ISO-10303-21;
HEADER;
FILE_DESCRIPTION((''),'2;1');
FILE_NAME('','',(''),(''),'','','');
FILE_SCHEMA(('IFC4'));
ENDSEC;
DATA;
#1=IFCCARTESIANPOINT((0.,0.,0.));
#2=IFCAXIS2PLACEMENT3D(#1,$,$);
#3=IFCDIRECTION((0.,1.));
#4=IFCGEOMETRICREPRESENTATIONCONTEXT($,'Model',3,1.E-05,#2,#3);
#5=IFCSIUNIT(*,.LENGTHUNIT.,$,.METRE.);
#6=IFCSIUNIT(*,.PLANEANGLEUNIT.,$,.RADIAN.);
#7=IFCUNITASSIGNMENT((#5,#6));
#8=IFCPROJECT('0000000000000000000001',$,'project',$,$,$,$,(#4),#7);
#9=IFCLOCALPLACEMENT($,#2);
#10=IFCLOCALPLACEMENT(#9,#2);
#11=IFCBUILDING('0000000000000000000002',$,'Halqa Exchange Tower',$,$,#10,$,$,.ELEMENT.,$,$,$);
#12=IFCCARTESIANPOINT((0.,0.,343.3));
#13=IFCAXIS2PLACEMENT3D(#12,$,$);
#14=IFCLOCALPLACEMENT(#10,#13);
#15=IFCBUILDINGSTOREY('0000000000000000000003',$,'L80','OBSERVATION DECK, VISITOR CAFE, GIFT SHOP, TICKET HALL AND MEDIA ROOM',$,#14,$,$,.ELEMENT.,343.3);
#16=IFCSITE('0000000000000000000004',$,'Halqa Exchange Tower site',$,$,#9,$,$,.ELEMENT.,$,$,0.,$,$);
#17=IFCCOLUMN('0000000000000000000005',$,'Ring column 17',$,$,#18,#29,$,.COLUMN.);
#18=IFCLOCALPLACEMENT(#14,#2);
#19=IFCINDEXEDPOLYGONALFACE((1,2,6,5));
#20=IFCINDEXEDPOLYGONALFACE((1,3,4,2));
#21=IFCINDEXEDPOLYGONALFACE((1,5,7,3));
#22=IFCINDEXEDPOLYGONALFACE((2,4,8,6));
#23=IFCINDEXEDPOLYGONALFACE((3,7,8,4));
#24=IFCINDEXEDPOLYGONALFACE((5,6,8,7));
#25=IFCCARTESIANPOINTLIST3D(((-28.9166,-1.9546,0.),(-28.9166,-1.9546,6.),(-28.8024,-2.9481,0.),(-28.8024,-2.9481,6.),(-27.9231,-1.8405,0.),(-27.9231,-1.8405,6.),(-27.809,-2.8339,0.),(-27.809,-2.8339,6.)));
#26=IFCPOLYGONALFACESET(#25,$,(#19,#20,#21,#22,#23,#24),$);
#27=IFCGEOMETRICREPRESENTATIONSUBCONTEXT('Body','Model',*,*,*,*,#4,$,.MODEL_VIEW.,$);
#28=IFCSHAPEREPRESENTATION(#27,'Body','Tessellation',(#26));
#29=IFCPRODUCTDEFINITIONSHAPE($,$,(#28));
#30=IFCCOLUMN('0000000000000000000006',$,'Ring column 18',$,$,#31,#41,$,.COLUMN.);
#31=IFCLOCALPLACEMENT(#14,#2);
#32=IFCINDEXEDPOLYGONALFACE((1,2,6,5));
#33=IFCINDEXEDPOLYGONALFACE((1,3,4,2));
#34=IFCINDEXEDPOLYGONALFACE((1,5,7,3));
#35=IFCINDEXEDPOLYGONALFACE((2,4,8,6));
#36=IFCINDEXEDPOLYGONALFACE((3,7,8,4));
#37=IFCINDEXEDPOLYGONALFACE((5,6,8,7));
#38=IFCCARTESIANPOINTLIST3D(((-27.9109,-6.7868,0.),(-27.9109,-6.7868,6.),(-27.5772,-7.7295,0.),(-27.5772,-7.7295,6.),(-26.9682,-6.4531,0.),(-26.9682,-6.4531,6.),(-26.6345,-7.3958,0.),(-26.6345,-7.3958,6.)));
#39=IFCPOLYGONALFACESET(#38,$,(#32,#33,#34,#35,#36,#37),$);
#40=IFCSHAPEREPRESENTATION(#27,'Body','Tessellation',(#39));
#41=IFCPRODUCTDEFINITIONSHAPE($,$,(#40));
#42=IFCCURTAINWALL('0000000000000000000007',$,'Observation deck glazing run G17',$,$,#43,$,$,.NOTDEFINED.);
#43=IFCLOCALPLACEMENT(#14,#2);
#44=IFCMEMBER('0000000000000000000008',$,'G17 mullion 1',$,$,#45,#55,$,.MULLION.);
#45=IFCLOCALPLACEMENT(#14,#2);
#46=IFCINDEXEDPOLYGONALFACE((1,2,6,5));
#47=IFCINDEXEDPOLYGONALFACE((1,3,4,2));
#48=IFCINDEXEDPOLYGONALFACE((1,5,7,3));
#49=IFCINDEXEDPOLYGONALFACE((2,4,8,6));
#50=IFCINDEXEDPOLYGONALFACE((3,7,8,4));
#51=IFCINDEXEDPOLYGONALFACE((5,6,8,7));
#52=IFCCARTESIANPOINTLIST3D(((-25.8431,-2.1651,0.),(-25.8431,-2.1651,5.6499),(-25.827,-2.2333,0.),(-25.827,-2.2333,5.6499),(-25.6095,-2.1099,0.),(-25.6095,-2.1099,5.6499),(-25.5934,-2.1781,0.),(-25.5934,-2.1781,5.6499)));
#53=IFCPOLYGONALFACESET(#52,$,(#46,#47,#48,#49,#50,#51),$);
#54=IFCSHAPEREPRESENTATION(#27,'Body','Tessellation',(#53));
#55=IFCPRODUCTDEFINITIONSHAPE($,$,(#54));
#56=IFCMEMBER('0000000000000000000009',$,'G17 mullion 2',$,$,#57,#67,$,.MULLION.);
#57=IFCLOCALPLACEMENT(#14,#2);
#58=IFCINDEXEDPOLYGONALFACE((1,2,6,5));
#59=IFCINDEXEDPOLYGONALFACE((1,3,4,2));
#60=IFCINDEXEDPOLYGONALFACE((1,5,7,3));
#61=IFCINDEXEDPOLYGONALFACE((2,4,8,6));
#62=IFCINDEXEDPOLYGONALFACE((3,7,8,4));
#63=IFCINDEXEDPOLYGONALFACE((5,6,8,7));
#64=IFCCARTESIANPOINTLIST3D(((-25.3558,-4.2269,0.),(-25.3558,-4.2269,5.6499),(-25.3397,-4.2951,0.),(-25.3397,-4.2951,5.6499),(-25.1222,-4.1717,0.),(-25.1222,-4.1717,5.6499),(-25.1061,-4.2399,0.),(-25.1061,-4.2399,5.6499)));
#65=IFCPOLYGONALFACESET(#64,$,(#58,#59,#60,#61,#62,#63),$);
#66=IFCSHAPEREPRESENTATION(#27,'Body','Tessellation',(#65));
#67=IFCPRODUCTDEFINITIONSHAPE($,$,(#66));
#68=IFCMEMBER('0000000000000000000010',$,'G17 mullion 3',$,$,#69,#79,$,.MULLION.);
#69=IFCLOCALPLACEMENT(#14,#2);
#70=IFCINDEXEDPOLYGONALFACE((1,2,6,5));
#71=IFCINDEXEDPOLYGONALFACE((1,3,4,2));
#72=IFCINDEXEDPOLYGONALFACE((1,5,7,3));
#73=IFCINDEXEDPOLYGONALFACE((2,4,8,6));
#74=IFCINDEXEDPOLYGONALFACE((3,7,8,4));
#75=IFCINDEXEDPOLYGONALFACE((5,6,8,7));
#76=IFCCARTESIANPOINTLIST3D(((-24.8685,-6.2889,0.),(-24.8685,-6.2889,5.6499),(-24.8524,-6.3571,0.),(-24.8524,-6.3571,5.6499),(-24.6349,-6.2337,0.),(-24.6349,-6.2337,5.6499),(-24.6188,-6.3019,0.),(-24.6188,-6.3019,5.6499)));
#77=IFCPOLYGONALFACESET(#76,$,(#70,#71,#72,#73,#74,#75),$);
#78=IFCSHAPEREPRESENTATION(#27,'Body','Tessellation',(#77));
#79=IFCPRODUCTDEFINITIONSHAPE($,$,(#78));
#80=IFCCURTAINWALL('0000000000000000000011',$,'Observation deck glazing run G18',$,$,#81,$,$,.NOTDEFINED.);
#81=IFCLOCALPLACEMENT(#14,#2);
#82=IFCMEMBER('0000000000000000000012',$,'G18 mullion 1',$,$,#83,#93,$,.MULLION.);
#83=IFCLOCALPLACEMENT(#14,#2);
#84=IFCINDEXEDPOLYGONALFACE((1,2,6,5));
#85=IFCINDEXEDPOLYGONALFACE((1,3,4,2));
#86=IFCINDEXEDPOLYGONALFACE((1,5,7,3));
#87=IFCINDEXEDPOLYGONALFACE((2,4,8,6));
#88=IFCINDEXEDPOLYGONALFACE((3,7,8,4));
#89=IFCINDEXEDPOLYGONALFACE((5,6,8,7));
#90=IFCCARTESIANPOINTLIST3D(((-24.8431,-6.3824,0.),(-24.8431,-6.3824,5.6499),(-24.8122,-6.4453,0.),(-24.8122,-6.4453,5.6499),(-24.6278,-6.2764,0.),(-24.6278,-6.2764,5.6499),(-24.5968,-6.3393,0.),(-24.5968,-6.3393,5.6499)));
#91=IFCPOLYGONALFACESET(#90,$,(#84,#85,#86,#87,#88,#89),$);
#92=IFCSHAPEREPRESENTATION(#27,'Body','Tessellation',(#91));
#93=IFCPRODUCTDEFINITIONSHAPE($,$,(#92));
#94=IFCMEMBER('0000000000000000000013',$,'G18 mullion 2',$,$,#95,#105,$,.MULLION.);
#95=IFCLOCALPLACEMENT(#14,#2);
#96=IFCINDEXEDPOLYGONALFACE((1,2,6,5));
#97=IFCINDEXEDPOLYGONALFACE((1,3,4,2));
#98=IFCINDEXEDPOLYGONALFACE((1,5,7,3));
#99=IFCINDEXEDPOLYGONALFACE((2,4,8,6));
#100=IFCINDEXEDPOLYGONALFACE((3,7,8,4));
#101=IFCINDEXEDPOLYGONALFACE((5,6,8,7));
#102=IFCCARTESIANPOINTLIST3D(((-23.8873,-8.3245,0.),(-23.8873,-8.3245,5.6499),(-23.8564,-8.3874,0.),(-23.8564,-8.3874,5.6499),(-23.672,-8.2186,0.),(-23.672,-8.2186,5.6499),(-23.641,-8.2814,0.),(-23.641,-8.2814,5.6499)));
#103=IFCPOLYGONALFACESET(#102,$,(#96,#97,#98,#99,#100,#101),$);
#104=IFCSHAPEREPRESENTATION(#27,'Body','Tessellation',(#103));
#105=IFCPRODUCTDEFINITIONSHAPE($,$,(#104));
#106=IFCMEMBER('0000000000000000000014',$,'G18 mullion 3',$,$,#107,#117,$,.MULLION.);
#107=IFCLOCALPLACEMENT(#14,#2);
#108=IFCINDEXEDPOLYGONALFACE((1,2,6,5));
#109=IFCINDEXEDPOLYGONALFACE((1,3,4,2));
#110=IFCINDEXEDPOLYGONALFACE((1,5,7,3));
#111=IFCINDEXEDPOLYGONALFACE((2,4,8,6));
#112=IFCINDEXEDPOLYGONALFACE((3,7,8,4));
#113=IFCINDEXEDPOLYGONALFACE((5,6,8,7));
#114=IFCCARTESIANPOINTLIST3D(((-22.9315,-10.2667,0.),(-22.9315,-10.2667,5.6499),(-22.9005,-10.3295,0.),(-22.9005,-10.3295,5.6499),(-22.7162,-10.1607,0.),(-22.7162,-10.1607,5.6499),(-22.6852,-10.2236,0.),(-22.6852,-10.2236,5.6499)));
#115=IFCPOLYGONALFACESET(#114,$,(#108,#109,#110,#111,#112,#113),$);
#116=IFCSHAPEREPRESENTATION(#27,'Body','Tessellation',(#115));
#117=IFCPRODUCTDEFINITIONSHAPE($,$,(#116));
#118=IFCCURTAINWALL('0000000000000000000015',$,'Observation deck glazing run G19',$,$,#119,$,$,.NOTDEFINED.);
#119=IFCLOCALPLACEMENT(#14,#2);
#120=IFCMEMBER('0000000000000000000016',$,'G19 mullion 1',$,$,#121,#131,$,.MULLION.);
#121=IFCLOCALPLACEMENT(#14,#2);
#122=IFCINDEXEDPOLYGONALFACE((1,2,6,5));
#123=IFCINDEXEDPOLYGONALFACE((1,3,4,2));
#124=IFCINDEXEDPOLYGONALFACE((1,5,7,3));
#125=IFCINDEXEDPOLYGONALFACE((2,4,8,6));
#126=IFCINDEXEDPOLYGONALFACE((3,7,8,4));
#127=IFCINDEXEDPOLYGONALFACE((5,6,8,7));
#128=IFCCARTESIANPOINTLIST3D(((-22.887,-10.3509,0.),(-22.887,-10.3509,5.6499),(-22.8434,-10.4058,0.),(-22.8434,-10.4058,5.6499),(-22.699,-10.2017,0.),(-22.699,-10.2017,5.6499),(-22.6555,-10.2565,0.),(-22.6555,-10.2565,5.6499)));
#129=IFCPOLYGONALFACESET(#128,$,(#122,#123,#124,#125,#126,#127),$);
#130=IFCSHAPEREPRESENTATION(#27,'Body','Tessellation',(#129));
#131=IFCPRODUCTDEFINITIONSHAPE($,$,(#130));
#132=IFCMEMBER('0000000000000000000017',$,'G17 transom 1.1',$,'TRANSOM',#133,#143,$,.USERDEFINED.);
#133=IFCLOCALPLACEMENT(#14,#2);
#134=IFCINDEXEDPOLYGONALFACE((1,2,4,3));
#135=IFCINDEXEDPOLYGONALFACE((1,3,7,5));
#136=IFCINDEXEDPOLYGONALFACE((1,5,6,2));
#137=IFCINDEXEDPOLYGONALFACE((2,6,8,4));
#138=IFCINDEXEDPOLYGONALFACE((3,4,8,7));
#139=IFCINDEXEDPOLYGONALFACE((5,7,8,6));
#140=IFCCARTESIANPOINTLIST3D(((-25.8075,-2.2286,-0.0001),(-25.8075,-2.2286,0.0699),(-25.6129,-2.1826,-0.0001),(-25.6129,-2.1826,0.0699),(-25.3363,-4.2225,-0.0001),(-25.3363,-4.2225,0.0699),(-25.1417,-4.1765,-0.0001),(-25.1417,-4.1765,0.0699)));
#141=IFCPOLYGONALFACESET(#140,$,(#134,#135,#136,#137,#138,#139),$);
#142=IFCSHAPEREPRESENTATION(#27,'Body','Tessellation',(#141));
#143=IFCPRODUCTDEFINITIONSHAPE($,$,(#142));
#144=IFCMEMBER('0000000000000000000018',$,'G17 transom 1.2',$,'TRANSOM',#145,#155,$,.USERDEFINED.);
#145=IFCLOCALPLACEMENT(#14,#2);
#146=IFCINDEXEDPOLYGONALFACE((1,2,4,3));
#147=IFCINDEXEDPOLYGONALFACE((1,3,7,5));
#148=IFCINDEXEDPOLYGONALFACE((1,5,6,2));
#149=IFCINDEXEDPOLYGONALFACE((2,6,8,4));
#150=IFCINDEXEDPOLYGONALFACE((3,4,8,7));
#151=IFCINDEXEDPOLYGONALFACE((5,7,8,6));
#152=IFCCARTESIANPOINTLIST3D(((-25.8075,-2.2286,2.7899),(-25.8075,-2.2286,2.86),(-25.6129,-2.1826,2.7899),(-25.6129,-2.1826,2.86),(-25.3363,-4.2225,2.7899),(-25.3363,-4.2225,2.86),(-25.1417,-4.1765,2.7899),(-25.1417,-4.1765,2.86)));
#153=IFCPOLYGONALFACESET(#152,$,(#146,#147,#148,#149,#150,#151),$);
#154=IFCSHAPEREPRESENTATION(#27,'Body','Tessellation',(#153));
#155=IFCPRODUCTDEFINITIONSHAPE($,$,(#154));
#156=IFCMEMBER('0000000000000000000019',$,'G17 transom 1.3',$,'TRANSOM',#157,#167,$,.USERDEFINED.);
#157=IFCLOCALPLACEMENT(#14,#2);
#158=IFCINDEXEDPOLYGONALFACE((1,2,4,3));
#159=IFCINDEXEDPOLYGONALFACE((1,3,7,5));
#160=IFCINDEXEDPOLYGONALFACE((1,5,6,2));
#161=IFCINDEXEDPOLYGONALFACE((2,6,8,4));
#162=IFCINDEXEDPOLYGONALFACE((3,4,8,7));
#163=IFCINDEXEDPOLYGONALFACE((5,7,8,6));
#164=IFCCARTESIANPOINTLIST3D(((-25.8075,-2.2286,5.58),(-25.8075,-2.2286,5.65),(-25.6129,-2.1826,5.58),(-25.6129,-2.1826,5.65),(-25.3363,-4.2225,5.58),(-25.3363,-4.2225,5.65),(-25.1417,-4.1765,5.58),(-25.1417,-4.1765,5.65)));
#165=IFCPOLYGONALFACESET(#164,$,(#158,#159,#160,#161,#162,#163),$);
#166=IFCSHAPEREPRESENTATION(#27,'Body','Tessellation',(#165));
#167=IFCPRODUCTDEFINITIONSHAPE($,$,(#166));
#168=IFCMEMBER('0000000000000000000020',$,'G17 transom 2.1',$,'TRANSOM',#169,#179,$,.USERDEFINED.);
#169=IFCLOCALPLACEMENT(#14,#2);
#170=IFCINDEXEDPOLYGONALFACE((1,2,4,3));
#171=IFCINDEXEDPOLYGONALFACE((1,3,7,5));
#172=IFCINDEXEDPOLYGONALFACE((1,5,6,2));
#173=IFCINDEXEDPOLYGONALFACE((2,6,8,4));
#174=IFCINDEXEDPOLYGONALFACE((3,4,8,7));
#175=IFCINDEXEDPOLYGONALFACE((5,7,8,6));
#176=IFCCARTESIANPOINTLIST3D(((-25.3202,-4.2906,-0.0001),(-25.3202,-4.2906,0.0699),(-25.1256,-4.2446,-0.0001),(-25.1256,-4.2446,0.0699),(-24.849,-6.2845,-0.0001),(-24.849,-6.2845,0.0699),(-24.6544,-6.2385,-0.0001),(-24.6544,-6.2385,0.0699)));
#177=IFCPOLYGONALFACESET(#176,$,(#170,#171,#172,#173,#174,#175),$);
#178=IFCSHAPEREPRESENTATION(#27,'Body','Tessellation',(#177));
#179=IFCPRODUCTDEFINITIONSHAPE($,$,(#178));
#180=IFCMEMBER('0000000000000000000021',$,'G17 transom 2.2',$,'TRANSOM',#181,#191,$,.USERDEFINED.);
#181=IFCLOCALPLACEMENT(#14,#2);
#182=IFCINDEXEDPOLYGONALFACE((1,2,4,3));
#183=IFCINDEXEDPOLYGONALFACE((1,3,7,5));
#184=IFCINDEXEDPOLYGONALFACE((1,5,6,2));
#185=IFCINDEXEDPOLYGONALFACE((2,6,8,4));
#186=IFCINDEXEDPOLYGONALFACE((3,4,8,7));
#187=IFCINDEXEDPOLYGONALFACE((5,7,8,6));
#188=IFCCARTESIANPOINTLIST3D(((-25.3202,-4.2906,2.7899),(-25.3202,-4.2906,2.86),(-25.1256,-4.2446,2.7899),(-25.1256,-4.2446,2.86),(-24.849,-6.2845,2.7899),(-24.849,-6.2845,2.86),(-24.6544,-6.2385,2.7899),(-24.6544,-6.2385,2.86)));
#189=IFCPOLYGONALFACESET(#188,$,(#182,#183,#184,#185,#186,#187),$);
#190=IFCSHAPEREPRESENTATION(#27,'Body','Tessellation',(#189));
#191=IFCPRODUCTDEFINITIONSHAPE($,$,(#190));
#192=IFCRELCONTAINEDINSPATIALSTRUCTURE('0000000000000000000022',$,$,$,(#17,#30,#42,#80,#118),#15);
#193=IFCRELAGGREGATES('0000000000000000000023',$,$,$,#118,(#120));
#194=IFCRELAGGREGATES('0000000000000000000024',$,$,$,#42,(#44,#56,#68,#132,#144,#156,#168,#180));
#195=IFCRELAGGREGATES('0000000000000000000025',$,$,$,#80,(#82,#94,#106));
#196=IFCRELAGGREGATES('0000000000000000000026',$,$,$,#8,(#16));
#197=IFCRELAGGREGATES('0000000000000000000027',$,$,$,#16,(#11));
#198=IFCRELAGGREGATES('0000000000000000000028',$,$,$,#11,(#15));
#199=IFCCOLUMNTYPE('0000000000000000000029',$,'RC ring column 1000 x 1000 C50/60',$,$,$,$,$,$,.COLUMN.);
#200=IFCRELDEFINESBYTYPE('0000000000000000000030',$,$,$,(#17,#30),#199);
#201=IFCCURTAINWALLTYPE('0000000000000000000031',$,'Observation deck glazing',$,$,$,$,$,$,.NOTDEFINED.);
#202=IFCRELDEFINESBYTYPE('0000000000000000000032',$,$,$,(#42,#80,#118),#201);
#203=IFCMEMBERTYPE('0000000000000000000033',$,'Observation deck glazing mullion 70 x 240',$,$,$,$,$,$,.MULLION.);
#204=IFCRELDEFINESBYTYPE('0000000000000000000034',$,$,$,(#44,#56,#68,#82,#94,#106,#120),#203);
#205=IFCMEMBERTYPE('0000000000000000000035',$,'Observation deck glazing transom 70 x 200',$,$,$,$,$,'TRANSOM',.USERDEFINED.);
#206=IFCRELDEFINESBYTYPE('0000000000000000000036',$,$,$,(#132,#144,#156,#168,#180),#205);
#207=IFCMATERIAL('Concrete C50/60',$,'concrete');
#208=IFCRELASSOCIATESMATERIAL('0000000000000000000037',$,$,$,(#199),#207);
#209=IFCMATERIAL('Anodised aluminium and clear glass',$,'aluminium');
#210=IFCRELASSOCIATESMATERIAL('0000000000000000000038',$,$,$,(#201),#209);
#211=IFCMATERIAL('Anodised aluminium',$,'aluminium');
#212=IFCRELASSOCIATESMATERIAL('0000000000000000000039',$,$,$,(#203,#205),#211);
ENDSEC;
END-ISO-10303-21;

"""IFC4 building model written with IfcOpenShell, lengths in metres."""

from ifc_helpers import new_model, si_unit, direction, frame, origin, origin_2d, place, context, subcontext, project, spatial, rectangle, extrude, material, material_profile, profile_set, type_object, element, aggregate, save


model = new_model("IFC4")

# Units and contexts
model_context = context("Model", 3, precision=1e-05, world=origin(), true_north=direction((0.0, 1.0)))
body_context = subcontext(model_context, "Body", "Model", "MODEL_VIEW")
ifc_project = project(units=[si_unit("LENGTHUNIT", "METRE"), si_unit("PLANEANGLEUNIT", "RADIAN")], contexts=[model_context])

# Site, building, storey
site_placement = place(None, origin())
site = spatial("IfcSite", under=ifc_project, at=site_placement, Name="Halqa Exchange Tower site", CompositionType="ELEMENT", RefElevation=0.0)
building_placement = place(site_placement, origin())
building = spatial("IfcBuilding", under=site, at=building_placement, Name="Halqa Exchange Tower", CompositionType="ELEMENT")
storey_placement = place(building_placement, frame((0.0, 0.0, 343.3)))
storey = spatial("IfcBuildingStorey", under=building, at=storey_placement, Name="L80", Description="OBSERVATION DECK, VISITOR CAFE, GIFT SHOP, TICKET HALL AND MEDIA ROOM", CompositionType="ELEMENT", Elevation=343.3)

# Columns
ifc_material_1 = material(Name="Concrete C50/60", Category="concrete")
ifc_material_profile_1 = material_profile(ifc_material_1, rectangle(XDim=1.0, YDim=1.0, at=origin_2d()), Name="1000 x 1000")
ifc_profile_set_1 = profile_set([ifc_material_profile_1], Name="Concrete C50/60")
column_type = type_object("IfcColumnType", Name="RC ring column 1000 x 1000 C50/60", PredefinedType="COLUMN", material=ifc_profile_set_1)
for number, where, z_axis, x_axis, name in (
    (1, (-28.3628, -2.3943, 0.0), (0.0, 0.0, 1.0), (0.11416, -0.993462, 0.0), "Ring column 17"),
    (2, (-27.2727, -7.0913, 0.0), (0.0, 0.0, 1.0), (0.333624, -0.942706, 0.0), "Ring column 18"),
):
    element("IfcColumn", number, at=place(storey_placement, frame(where, z_axis=z_axis, x_axis=x_axis)), inside=storey, type_object=column_type, Name=name, PredefinedType="COLUMN", context=body_context, shape_type="SweptSolid", body=[
        extrude(rectangle(XDim=1.0, YDim=1.0, at=origin_2d()), origin(), (0.0, 0.0, 1.0), 6.0),
    ])

# Curtain walls, members
ifc_material_2 = material(Name="Anodised aluminium and clear glass", Category="aluminium")
curtain_wall_type = type_object("IfcCurtainWallType", Name="Observation deck glazing", PredefinedType="NOTDEFINED", material=ifc_material_2)
curtain_wall_1_placement = place(storey_placement, origin())
curtain_wall_1 = element("IfcCurtainWall", 3, at=curtain_wall_1_placement, inside=storey, type_object=curtain_wall_type, Name="Observation deck glazing run G17", PredefinedType="NOTDEFINED")
ifc_material_3 = material(Name="Anodised aluminium", Category="aluminium")
ifc_material_profile_2 = material_profile(ifc_material_3, rectangle(XDim=0.24, YDim=0.0701, at=origin_2d()), Name="AL 70x240")
ifc_profile_set_2 = profile_set([ifc_material_profile_2], Name="Anodised aluminium")
member_type_1 = type_object("IfcMemberType", Name="Observation deck glazing mullion 70 x 240", PredefinedType="MULLION", material=ifc_profile_set_2)
member_1_placement = place(storey_placement, frame((-25.7183, -2.1716, 0.0), z_axis=(0.0, 0.0, 1.0), x_axis=(0.973192, 0.229995, 0.0)))
member_1 = element("IfcMember", 4, at=member_1_placement, type_object=member_type_1, Name="G17 mullion 1", PredefinedType="MULLION", context=body_context, shape_type="SweptSolid", body=[
    extrude(rectangle(XDim=0.24, YDim=0.0701, at=origin_2d()), origin(), (0.0, 0.0, 1.0), 5.6499),
])
member_2_placement = place(storey_placement, frame((-25.231, -4.2334, 0.0), z_axis=(0.0, 0.0, 1.0), x_axis=(0.973192, 0.229995, 0.0)))
member_2 = element("IfcMember", 5, at=member_2_placement, type_object=member_type_1, Name="G17 mullion 2", PredefinedType="MULLION", context=body_context, shape_type="SweptSolid", body=[
    extrude(rectangle(XDim=0.24, YDim=0.0701, at=origin_2d()), origin(), (0.0, 0.0, 1.0), 5.6499),
])
member_3_placement = place(storey_placement, frame((-24.7437, -6.2954, 0.0), z_axis=(0.0, 0.0, 1.0), x_axis=(0.973192, 0.229995, 0.0)))
member_3 = element("IfcMember", 6, at=member_3_placement, type_object=member_type_1, Name="G17 mullion 3", PredefinedType="MULLION", context=body_context, shape_type="SweptSolid", body=[
    extrude(rectangle(XDim=0.24, YDim=0.0701, at=origin_2d()), origin(), (0.0, 0.0, 1.0), 5.6499),
])
curtain_wall_2_placement = place(storey_placement, origin())
curtain_wall_2 = element("IfcCurtainWall", 7, at=curtain_wall_2_placement, inside=storey, type_object=curtain_wall_type, Name="Observation deck glazing run G18", PredefinedType="NOTDEFINED")
member_4_placement = place(storey_placement, frame((-24.72, -6.3608, 0.0), z_axis=(0.0, 0.0, 1.0), x_axis=(0.897215, 0.441595, 0.0)))
member_4 = element("IfcMember", 8, at=member_4_placement, type_object=member_type_1, Name="G18 mullion 1", PredefinedType="MULLION", context=body_context, shape_type="SweptSolid", body=[
    extrude(rectangle(XDim=0.24, YDim=0.0701, at=origin_2d()), origin(), (0.0, 0.0, 1.0), 5.6499),
])
member_5_placement = place(storey_placement, frame((-23.7642, -8.303, 0.0), z_axis=(0.0, 0.0, 1.0), x_axis=(0.897215, 0.441595, 0.0)))
member_5 = element("IfcMember", 9, at=member_5_placement, type_object=member_type_1, Name="G18 mullion 2", PredefinedType="MULLION", context=body_context, shape_type="SweptSolid", body=[
    extrude(rectangle(XDim=0.24, YDim=0.0701, at=origin_2d()), origin(), (0.0, 0.0, 1.0), 5.6499),
])
member_6_placement = place(storey_placement, frame((-22.8083, -10.2451, 0.0), z_axis=(0.0, 0.0, 1.0), x_axis=(0.897215, 0.441595, 0.0)))
member_6 = element("IfcMember", 10, at=member_6_placement, type_object=member_type_1, Name="G18 mullion 3", PredefinedType="MULLION", context=body_context, shape_type="SweptSolid", body=[
    extrude(rectangle(XDim=0.24, YDim=0.0701, at=origin_2d()), origin(), (0.0, 0.0, 1.0), 5.6499),
])

# Curtain wall, member
curtain_wall_3_placement = place(storey_placement, origin())
curtain_wall_3 = element("IfcCurtainWall", 11, at=curtain_wall_3_placement, inside=storey, type_object=curtain_wall_type, Name="Observation deck glazing run G19", PredefinedType="NOTDEFINED")
member_7_placement = place(storey_placement, frame((-22.7712, -10.3037, 0.0), z_axis=(0.0, 0.0, 1.0), x_axis=(0.783162, 0.621817, 0.0)))
member_7 = element("IfcMember", 12, at=member_7_placement, type_object=member_type_1, Name="G19 mullion 1", PredefinedType="MULLION", context=body_context, shape_type="SweptSolid", body=[
    extrude(rectangle(XDim=0.24, YDim=0.0701, at=origin_2d()), origin(), (0.0, 0.0, 1.0), 5.6499),
])
aggregate(curtain_wall_3, [member_7])

# Members
ifc_material_profile_3 = material_profile(ifc_material_3, rectangle(XDim=0.2, YDim=0.0701, at=origin_2d()), Name="AL 70x200")
ifc_profile_set_3 = profile_set([ifc_material_profile_3], Name="Anodised aluminium")
member_type_2 = type_object("IfcMemberType", Name="Observation deck glazing transom 70 x 200", ElementType="TRANSOM", PredefinedType="USERDEFINED", material=ifc_profile_set_3)
member_8_placement = place(storey_placement, frame((-25.7102, -2.2056, 0.0349), z_axis=(0.229982, -0.973195, 0.0), x_axis=(0.973195, 0.229982, 0.0)))
member_8 = element("IfcMember", 13, at=member_8_placement, type_object=member_type_2, Name="G17 transom 1.1", ObjectType="TRANSOM", PredefinedType="USERDEFINED", context=body_context, shape_type="SweptSolid", body=[
    extrude(rectangle(XDim=0.2, YDim=0.0701, at=origin_2d()), origin(), (0.0, 0.0, 1.0), 2.0488),
])
member_9_placement = place(storey_placement, frame((-25.7102, -2.2056, 2.825), z_axis=(0.229982, -0.973195, 0.0), x_axis=(0.973195, 0.229982, 0.0)))
member_9 = element("IfcMember", 14, at=member_9_placement, type_object=member_type_2, Name="G17 transom 1.2", ObjectType="TRANSOM", PredefinedType="USERDEFINED", context=body_context, shape_type="SweptSolid", body=[
    extrude(rectangle(XDim=0.2, YDim=0.0701, at=origin_2d()), origin(), (0.0, 0.0, 1.0), 2.0488),
])
member_10_placement = place(storey_placement, frame((-25.7102, -2.2056, 5.615), z_axis=(0.229982, -0.973195, 0.0), x_axis=(0.973195, 0.229982, 0.0)))
member_10 = element("IfcMember", 15, at=member_10_placement, type_object=member_type_2, Name="G17 transom 1.3", ObjectType="TRANSOM", PredefinedType="USERDEFINED", context=body_context, shape_type="SweptSolid", body=[
    extrude(rectangle(XDim=0.2, YDim=0.0701, at=origin_2d()), origin(), (0.0, 0.0, 1.0), 2.0488),
])
member_11_placement = place(storey_placement, frame((-25.2229, -4.2676, 0.0349), z_axis=(0.229982, -0.973195, 0.0), x_axis=(0.973195, 0.229982, 0.0)))
member_11 = element("IfcMember", 16, at=member_11_placement, type_object=member_type_2, Name="G17 transom 2.1", ObjectType="TRANSOM", PredefinedType="USERDEFINED", context=body_context, shape_type="SweptSolid", body=[
    extrude(rectangle(XDim=0.2, YDim=0.0701, at=origin_2d()), origin(), (0.0, 0.0, 1.0), 2.0488),
])
member_12_placement = place(storey_placement, frame((-25.2229, -4.2676, 2.825), z_axis=(0.229982, -0.973195, 0.0), x_axis=(0.973195, 0.229982, 0.0)))
member_12 = element("IfcMember", 17, at=member_12_placement, type_object=member_type_2, Name="G17 transom 2.2", ObjectType="TRANSOM", PredefinedType="USERDEFINED", context=body_context, shape_type="SweptSolid", body=[
    extrude(rectangle(XDim=0.2, YDim=0.0701, at=origin_2d()), origin(), (0.0, 0.0, 1.0), 2.0488),
])

aggregate(curtain_wall_1, [member_1, member_2, member_3, member_8, member_9, member_10, member_11, member_12])
aggregate(curtain_wall_2, [member_4, member_5, member_6])

save(model, "model.ifc")
